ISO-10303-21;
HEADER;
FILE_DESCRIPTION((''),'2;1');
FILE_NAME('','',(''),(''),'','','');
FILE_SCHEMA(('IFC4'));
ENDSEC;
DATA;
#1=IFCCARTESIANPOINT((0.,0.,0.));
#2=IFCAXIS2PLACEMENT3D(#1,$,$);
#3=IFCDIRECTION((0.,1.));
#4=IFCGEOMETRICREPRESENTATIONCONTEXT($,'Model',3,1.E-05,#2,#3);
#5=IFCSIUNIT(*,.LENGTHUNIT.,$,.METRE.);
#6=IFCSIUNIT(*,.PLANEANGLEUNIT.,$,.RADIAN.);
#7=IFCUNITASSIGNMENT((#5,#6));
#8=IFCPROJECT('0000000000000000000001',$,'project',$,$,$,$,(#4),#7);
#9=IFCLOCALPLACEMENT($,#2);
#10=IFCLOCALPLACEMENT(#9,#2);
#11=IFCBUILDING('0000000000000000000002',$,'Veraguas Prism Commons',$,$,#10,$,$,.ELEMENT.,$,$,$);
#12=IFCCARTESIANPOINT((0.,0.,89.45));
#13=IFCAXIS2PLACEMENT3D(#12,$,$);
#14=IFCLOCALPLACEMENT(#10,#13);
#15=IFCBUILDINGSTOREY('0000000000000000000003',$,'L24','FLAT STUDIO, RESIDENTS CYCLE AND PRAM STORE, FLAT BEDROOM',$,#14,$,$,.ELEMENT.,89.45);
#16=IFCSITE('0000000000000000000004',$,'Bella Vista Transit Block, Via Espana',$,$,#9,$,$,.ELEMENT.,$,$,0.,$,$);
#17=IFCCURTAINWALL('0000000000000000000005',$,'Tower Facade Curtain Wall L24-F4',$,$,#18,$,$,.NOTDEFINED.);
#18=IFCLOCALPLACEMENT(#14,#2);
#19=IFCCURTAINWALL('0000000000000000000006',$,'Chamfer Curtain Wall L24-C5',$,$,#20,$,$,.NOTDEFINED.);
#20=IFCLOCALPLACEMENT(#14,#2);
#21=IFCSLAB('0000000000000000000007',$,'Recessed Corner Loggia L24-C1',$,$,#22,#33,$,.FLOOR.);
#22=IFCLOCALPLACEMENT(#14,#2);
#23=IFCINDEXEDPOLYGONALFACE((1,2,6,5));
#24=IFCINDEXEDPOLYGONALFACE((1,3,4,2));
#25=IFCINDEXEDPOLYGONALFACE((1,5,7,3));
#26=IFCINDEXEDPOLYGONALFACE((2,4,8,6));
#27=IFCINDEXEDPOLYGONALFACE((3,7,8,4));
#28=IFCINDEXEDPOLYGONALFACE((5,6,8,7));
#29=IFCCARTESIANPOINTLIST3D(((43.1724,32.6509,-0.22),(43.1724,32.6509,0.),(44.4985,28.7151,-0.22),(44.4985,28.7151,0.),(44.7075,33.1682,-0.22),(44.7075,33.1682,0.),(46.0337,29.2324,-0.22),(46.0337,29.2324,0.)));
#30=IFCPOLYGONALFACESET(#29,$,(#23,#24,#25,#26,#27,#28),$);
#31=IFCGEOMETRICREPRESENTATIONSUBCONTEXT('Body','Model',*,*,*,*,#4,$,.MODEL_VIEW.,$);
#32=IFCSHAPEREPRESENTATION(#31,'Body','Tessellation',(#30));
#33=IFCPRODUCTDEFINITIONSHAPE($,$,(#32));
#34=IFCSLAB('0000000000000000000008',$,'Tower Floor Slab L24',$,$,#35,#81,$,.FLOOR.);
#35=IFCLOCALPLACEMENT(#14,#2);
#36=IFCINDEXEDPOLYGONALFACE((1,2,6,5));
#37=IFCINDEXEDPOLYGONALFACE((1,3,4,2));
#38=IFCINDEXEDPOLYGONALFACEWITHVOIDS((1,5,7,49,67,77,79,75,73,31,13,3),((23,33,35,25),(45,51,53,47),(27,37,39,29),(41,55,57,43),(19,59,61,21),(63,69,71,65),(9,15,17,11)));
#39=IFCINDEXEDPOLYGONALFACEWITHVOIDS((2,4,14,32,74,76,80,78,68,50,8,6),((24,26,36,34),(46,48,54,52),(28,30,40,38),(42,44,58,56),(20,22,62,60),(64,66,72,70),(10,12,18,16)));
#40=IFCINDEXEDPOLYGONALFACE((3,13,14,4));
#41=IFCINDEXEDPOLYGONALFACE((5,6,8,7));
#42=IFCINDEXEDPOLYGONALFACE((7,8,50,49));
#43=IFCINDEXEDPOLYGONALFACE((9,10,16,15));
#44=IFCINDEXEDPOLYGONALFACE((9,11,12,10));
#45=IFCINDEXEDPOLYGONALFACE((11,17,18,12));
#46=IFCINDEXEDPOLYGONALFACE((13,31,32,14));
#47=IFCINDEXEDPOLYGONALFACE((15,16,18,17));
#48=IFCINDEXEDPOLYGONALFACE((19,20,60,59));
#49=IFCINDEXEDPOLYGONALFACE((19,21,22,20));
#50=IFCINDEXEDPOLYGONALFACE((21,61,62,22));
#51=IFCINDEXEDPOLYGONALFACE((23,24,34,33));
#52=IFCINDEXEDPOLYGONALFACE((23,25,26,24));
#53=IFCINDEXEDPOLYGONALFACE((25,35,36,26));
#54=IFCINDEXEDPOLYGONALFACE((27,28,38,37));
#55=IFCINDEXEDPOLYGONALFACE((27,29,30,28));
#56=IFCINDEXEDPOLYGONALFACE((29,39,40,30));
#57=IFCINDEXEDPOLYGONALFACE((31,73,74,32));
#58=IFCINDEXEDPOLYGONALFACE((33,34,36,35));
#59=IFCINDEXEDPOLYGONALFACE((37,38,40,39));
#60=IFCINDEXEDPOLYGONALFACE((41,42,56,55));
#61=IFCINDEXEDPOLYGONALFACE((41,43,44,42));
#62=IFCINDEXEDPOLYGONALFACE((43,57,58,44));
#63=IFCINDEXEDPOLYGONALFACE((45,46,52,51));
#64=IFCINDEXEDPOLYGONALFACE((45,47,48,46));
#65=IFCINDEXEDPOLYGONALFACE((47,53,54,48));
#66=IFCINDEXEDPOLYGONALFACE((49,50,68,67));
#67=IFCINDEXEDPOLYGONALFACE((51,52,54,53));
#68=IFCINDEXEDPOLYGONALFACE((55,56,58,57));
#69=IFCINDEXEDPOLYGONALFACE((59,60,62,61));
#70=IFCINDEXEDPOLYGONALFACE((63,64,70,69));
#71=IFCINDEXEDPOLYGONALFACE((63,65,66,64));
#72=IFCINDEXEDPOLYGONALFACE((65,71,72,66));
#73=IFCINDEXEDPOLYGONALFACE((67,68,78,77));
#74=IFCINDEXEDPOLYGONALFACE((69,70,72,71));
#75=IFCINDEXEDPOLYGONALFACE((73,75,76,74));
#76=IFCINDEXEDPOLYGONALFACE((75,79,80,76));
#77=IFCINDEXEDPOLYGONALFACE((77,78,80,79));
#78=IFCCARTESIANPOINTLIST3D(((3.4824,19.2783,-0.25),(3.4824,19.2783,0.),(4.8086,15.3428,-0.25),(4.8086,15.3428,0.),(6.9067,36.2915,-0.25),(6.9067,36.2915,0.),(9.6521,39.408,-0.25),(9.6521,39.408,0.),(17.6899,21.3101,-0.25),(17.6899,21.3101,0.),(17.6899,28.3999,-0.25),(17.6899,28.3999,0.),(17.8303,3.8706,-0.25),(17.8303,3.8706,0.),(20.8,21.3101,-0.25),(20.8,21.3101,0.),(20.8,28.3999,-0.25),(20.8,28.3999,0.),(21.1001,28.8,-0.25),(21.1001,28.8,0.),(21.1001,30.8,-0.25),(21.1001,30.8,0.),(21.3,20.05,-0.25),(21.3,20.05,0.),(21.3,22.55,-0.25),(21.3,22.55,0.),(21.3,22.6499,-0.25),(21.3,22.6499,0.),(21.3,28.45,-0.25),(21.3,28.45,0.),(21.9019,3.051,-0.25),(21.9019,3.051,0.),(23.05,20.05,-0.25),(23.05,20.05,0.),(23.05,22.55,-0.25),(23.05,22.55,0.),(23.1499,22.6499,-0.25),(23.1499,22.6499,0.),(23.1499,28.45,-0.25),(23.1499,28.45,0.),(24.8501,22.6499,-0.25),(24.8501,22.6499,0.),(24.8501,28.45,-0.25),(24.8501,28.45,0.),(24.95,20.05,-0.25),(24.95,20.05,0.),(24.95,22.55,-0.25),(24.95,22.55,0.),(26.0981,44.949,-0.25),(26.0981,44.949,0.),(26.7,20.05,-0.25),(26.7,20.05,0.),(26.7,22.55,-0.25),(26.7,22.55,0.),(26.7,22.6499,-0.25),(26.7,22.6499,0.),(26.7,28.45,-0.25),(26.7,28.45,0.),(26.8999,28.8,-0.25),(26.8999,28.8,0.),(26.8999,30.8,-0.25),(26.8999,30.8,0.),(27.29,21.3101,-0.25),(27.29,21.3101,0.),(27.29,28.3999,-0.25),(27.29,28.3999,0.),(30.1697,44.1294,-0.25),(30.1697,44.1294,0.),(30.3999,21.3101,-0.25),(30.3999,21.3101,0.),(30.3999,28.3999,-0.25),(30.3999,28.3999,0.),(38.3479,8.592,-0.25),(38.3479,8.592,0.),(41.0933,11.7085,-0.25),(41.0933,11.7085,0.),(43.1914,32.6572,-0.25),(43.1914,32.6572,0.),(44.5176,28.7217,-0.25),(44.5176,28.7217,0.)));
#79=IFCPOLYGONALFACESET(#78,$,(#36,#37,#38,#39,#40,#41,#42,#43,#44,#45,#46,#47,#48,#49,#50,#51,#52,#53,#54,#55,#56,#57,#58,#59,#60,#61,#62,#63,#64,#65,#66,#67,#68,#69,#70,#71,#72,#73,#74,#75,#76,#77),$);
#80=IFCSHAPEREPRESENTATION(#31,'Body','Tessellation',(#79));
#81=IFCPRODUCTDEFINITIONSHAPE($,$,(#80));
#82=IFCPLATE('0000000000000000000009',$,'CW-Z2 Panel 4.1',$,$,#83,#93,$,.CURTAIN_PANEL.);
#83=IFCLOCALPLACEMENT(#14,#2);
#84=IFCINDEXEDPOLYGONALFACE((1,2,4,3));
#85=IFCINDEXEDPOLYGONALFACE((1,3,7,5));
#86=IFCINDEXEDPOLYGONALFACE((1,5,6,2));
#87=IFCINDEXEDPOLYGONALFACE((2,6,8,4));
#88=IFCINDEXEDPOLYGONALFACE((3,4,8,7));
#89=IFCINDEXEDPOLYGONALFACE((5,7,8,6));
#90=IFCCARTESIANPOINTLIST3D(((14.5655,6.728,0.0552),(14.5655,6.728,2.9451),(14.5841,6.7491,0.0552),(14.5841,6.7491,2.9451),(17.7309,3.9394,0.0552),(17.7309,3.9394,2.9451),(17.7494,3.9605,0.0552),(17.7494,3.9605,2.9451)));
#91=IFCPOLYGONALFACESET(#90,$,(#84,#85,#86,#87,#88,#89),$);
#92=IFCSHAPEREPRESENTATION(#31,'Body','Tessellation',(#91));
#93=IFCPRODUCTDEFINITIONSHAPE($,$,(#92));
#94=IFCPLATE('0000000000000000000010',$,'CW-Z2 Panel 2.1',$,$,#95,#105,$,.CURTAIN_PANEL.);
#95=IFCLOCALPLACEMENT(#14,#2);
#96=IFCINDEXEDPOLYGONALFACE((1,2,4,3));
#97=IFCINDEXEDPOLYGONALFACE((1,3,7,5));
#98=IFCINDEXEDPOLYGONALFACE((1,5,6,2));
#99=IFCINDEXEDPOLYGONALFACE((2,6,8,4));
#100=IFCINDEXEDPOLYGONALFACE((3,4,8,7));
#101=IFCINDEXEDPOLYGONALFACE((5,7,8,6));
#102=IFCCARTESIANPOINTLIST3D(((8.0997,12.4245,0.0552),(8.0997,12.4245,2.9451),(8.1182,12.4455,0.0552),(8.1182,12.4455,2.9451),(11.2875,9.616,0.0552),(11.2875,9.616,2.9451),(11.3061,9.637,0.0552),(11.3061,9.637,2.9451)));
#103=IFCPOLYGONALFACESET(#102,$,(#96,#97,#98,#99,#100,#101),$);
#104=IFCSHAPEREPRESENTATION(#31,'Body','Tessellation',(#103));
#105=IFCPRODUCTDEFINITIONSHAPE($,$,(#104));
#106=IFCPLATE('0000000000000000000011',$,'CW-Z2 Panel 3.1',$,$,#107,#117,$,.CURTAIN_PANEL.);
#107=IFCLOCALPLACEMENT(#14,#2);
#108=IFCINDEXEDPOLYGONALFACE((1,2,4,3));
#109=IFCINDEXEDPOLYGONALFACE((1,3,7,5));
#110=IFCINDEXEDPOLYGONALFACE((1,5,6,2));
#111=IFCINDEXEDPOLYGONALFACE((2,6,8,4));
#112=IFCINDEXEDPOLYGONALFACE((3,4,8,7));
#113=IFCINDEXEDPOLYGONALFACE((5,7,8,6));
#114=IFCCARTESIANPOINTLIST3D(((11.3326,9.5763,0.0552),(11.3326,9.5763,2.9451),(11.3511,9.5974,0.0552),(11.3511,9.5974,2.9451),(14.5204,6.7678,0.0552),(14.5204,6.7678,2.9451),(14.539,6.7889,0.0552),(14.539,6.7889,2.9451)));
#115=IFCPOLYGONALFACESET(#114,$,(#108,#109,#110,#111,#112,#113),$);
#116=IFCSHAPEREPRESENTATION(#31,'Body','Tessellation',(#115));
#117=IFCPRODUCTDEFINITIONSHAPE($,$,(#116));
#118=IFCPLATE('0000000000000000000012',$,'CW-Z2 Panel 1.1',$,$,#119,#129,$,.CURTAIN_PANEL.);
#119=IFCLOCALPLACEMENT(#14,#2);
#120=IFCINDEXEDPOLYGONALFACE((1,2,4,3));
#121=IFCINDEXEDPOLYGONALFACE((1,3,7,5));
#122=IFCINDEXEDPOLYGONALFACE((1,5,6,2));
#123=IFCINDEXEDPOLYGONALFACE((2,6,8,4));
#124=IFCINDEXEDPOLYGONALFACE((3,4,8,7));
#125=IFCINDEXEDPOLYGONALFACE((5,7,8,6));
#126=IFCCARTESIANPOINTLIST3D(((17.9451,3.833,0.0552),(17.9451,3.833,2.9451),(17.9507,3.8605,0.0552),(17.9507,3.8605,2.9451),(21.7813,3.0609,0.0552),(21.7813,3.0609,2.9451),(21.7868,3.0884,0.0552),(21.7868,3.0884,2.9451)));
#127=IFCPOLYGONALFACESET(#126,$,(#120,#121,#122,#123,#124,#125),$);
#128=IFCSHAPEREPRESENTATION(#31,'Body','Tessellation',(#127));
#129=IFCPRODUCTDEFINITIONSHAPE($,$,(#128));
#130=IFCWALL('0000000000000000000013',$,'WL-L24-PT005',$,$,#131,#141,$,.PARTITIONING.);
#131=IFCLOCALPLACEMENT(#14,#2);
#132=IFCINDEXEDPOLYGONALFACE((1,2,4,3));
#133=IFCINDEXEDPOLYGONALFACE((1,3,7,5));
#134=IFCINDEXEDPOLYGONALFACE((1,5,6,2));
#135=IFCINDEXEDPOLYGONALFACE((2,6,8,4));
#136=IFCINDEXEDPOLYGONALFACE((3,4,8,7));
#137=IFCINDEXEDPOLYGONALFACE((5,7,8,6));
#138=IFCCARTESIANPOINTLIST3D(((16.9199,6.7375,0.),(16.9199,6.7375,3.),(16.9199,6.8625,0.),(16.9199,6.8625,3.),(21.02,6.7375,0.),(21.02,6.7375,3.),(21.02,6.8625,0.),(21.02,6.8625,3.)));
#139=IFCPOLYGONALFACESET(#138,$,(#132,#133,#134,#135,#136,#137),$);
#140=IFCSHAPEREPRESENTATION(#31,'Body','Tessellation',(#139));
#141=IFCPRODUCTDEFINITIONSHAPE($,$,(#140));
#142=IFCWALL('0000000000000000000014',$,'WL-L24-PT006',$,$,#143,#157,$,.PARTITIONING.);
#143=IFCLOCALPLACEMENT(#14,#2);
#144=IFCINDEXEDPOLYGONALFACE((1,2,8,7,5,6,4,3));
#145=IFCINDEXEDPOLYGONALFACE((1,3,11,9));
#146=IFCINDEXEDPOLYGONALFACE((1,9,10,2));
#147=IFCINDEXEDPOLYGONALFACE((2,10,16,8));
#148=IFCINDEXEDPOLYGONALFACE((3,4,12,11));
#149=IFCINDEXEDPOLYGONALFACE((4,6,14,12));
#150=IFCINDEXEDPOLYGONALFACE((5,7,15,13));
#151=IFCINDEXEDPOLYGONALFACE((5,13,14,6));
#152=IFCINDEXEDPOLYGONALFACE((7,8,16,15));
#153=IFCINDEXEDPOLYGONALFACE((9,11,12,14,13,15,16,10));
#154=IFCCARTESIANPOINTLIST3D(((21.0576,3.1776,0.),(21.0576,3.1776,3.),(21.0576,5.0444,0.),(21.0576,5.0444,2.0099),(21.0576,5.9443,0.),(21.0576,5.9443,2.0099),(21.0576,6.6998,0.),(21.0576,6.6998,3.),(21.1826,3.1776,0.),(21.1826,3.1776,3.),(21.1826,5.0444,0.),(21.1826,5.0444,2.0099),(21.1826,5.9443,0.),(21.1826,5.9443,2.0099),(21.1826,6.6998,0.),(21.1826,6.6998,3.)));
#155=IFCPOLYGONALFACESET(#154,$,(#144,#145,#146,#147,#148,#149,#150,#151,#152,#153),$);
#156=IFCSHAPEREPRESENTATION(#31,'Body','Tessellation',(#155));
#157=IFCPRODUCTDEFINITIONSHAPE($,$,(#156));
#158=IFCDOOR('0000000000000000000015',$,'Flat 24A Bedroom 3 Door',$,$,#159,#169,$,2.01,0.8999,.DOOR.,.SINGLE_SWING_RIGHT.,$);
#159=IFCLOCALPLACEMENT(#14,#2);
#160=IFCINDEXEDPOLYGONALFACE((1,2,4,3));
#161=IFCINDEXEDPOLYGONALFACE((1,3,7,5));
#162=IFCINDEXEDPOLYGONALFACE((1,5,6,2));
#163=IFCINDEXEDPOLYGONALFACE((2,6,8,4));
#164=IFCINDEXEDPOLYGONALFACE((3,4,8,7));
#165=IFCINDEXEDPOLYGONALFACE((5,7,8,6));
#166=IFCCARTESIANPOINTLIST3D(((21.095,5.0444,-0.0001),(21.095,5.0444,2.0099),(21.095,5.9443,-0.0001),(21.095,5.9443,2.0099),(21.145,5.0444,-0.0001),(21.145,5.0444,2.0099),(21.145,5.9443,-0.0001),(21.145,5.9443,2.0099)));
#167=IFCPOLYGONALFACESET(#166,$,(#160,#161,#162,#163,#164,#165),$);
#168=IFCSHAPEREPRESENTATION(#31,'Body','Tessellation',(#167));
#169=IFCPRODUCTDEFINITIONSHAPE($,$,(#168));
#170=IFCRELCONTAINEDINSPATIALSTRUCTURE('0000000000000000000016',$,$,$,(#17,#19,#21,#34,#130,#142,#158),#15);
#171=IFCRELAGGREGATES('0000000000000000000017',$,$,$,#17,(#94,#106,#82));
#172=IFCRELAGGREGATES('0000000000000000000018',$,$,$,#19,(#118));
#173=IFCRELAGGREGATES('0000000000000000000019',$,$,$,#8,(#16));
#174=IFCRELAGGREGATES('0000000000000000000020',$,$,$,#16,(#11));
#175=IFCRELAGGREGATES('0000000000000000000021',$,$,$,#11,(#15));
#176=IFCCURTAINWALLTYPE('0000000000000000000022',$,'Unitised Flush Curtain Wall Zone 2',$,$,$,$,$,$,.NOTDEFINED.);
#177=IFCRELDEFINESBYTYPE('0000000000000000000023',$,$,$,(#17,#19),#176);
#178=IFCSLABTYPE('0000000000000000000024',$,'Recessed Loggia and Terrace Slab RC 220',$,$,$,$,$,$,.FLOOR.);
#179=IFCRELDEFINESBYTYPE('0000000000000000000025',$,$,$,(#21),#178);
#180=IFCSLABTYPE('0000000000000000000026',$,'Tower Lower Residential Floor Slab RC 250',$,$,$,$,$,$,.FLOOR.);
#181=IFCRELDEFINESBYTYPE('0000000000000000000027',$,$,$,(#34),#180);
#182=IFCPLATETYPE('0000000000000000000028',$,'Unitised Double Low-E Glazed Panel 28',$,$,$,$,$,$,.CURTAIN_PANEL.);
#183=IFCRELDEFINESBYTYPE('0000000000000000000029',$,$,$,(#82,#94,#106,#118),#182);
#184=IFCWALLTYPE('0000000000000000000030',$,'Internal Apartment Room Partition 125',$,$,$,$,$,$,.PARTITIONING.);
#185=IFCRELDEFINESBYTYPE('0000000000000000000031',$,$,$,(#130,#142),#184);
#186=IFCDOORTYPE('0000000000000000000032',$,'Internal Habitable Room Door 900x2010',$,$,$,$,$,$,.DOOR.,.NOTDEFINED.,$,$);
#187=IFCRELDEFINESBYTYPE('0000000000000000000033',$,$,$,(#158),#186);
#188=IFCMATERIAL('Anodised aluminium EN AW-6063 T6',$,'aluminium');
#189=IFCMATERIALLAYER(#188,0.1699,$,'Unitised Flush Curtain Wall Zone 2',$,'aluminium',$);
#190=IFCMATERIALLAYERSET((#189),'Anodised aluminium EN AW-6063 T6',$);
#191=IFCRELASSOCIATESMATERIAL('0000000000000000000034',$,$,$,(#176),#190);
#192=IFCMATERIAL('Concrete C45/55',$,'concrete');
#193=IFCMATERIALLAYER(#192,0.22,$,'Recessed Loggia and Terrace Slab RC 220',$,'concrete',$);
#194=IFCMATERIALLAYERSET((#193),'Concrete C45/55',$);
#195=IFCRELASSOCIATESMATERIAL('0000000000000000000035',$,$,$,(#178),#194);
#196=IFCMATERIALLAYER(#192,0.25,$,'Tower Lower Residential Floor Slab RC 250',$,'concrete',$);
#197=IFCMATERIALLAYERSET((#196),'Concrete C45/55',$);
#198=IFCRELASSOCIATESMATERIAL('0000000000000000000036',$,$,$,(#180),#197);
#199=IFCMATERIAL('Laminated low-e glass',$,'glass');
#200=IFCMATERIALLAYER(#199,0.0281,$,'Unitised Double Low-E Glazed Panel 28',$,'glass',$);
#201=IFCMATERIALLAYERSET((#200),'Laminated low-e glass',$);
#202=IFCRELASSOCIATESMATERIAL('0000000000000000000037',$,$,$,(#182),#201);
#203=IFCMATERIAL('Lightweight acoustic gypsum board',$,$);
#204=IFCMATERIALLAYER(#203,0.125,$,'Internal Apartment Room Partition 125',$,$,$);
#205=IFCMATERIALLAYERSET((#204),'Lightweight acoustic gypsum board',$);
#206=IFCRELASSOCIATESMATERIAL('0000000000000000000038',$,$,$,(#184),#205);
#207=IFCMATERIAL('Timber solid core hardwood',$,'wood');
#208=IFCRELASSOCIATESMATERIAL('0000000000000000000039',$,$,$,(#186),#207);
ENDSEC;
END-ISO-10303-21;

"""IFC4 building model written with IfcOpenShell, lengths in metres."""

from ifc_helpers import new_model, si_unit, direction, frame, frame_2d, origin, origin_2d, place, context, subcontext, project, spatial, polyline, rectangle, outline, extrude, source, transform, mapped, material, layer, layer_set, type_object, element, fill, aggregate, save


model = new_model("IFC4")

# Units and contexts
model_context = context("Model", 3, precision=1e-05, world=origin(), true_north=direction((0.0, 1.0)))
body_context = subcontext(model_context, "Body", "Model", "MODEL_VIEW")
ifc_project = project(units=[si_unit("LENGTHUNIT", "METRE"), si_unit("PLANEANGLEUNIT", "RADIAN")], contexts=[model_context])

# Site, building, storey
site_placement = place(None, origin())
site = spatial("IfcSite", under=ifc_project, at=site_placement, Name="Bella Vista Transit Block, Via Espana", CompositionType="ELEMENT", RefElevation=0.0)
building_placement = place(site_placement, origin())
building = spatial("IfcBuilding", under=site, at=building_placement, Name="Veraguas Prism Commons", CompositionType="ELEMENT")
storey_placement = place(building_placement, frame((0.0, 0.0, 89.45)))
storey = spatial("IfcBuildingStorey", under=building, at=storey_placement, Name="L24", Description="FLAT STUDIO, RESIDENTS CYCLE AND PRAM STORE, FLAT BEDROOM", CompositionType="ELEMENT", Elevation=89.45)

# Curtain walls
ifc_material_1 = material(Name="Anodised aluminium EN AW-6063 T6", Category="aluminium")
ifc_layer_1 = layer(ifc_material_1, 0.1699, Name="Unitised Flush Curtain Wall Zone 2", Category="aluminium")
ifc_layer_set_1 = layer_set([ifc_layer_1], Name="Anodised aluminium EN AW-6063 T6")
curtain_wall_type = type_object("IfcCurtainWallType", Name="Unitised Flush Curtain Wall Zone 2", PredefinedType="NOTDEFINED", material=ifc_layer_set_1)
curtain_wall_1_placement = place(storey_placement, origin())
curtain_wall_1 = element("IfcCurtainWall", 1, at=curtain_wall_1_placement, inside=storey, type_object=curtain_wall_type, Name="Tower Facade Curtain Wall L24-F4", PredefinedType="NOTDEFINED")
curtain_wall_2_placement = place(storey_placement, origin())
curtain_wall_2 = element("IfcCurtainWall", 2, at=curtain_wall_2_placement, inside=storey, type_object=curtain_wall_type, Name="Chamfer Curtain Wall L24-C5", PredefinedType="NOTDEFINED")

# Slabs
ifc_material_2 = material(Name="Concrete C45/55", Category="concrete")
ifc_layer_2 = layer(ifc_material_2, 0.22, Name="Recessed Loggia and Terrace Slab RC 220", Category="concrete")
ifc_layer_set_2 = layer_set([ifc_layer_2], Name="Concrete C45/55")
slab_type_1 = type_object("IfcSlabType", Name="Recessed Loggia and Terrace Slab RC 220", PredefinedType="FLOOR", material=ifc_layer_set_2)
slab_1_placement = place(storey_placement, frame((0.0, 0.0, -0.22)))
element("IfcSlab", 3, at=slab_1_placement, inside=storey, type_object=slab_type_1, Name="Recessed Corner Loggia L24-C1", PredefinedType="FLOOR", context=body_context, shape_type="SweptSolid", body=[
    extrude(outline(polyline([(44.4985, 28.7151), (46.0337, 29.2324), (44.7075, 33.1682), (43.1724, 32.6509), (44.4985, 28.7151)])), origin(), (0.0, 0.0, 1.0), 0.22),
])
ifc_layer_3 = layer(ifc_material_2, 0.25, Name="Tower Lower Residential Floor Slab RC 250", Category="concrete")
ifc_layer_set_3 = layer_set([ifc_layer_3], Name="Concrete C45/55")
slab_type_2 = type_object("IfcSlabType", Name="Tower Lower Residential Floor Slab RC 250", PredefinedType="FLOOR", material=ifc_layer_set_3)
slab_2_placement = place(storey_placement, frame((0.0, 0.0, -0.25)))
element("IfcSlab", 4, at=slab_2_placement, inside=storey, type_object=slab_type_2, Name="Tower Floor Slab L24", PredefinedType="FLOOR", context=body_context, shape_type="SweptSolid", body=[
    extrude(outline(polyline([(44.5176, 28.7217), (43.1914, 32.6572), (30.1697, 44.1294), (26.0981, 44.949), (9.6521, 39.408), (6.9067, 36.2915), (3.4824, 19.2783), (4.8086, 15.3428), (17.8303, 3.8706), (21.9019, 3.051), (38.3479, 8.592), (41.0933, 11.7085), (44.5176, 28.7217)]), holes=[polyline([(20.8, 21.3101), (20.8, 28.3999), (17.6899, 28.3999), (17.6899, 21.3101), (20.8, 21.3101)]), polyline([(30.3999, 21.3101), (30.3999, 28.3999), (27.29, 28.3999), (27.29, 21.3101), (30.3999, 21.3101)]), polyline([(21.3, 22.6499), (23.1499, 22.6499), (23.1499, 28.45), (21.3, 28.45), (21.3, 22.6499)]), polyline([(24.8501, 22.6499), (26.7, 22.6499), (26.7, 28.45), (24.8501, 28.45), (24.8501, 22.6499)]), polyline([(21.1001, 28.8), (26.8999, 28.8), (26.8999, 30.8), (21.1001, 30.8), (21.1001, 28.8)]), polyline([(21.3, 20.05), (23.05, 20.05), (23.05, 22.55), (21.3, 22.55), (21.3, 20.05)]), polyline([(24.95, 20.05), (26.7, 20.05), (26.7, 22.55), (24.95, 22.55), (24.95, 20.05)])]), origin(), (0.0, 0.0, 1.0), 0.25),
])

# Plates
ifc_material_3 = material(Name="Laminated low-e glass", Category="glass")
ifc_layer_4 = layer(ifc_material_3, 0.0281, Name="Unitised Double Low-E Glazed Panel 28", Category="glass")
ifc_layer_set_4 = layer_set([ifc_layer_4], Name="Laminated low-e glass")
plate_type = type_object("IfcPlateType", Name="Unitised Double Low-E Glazed Panel 28", PredefinedType="CURTAIN_PANEL", material=ifc_layer_set_4)
shared_shape_1 = source(origin(), body_context, "Body", "SweptSolid", [
    extrude(rectangle(XDim=4.2185, YDim=0.0281, at=origin_2d()), origin(), (0.0, 0.0, 1.0), 2.8899),
])
plate_1_placement = place(storey_placement, frame((16.1575, 5.3442, 0.0552), z_axis=(0.0, 0.0, 1.0), x_axis=(0.750342, -0.66105, 0.0)))
plate_1 = element("IfcPlate", 5, at=plate_1_placement, type_object=plate_type, Name="CW-Z2 Panel 4.1", PredefinedType="CURTAIN_PANEL", context=body_context, shape_type="MappedRepresentation", body=[
    mapped(shared_shape_1, transform((0.0, 0.0, 0.0), scale=1.0)),
])
shared_shape_2 = source(origin(), body_context, "Body", "SweptSolid", [
    extrude(rectangle(XDim=4.2485, YDim=0.0281, at=origin_2d()), origin(), (0.0, 0.0, 1.0), 2.8899),
])
plate_2_placement = place(storey_placement, frame((9.7029, 11.0308, 0.0552), z_axis=(0.0, 0.0, 1.0), x_axis=(0.750342, -0.66105, 0.0)))
plate_2 = element("IfcPlate", 6, at=plate_2_placement, type_object=plate_type, Name="CW-Z2 Panel 2.1", PredefinedType="CURTAIN_PANEL", context=body_context, shape_type="MappedRepresentation", body=[
    mapped(shared_shape_2, transform((0.0, 0.0, 0.0), scale=1.0)),
])
plate_3_placement = place(storey_placement, frame((12.9358, 8.1826, 0.0552), z_axis=(0.0, 0.0, 1.0), x_axis=(0.750342, -0.66105, 0.0)))
plate_3 = element("IfcPlate", 7, at=plate_3_placement, type_object=plate_type, Name="CW-Z2 Panel 3.1", PredefinedType="CURTAIN_PANEL", context=body_context, shape_type="MappedRepresentation", body=[
    mapped(shared_shape_2, transform((0.0, 0.0, 0.0), scale=1.0)),
])
aggregate(curtain_wall_1, [plate_2, plate_3, plate_1])
shared_shape_3 = source(origin(), body_context, "Body", "SweptSolid", [
    extrude(rectangle(XDim=3.9131, YDim=0.0281, at=origin_2d()), origin(), (0.0, 0.0, 1.0), 2.8899),
])
plate_4_placement = place(storey_placement, frame((19.866, 3.4607, 0.0552), z_axis=(0.0, 0.0, 1.0), x_axis=(0.98034, -0.197313, 0.0)))
plate_4 = element("IfcPlate", 8, at=plate_4_placement, type_object=plate_type, Name="CW-Z2 Panel 1.1", PredefinedType="CURTAIN_PANEL", context=body_context, shape_type="MappedRepresentation", body=[
    mapped(shared_shape_3, transform((0.0, 0.0, 0.0), scale=1.0)),
])
aggregate(curtain_wall_2, [plate_4])

# Wall
ifc_material_4 = material(Name="Lightweight acoustic gypsum board")
ifc_layer_5 = layer(ifc_material_4, 0.125, Name="Internal Apartment Room Partition 125")
ifc_layer_set_5 = layer_set([ifc_layer_5], Name="Lightweight acoustic gypsum board")
wall_type_1 = type_object("IfcWallType", Name="Internal Apartment Room Partition 125", PredefinedType="PARTITIONING", material=ifc_layer_set_5)
wall_1_placement = place(storey_placement, frame((16.9199, 6.8, 0.0), z_axis=(0.0, 0.0, 1.0), x_axis=(1.0, 0.0, 0.0)))
element("IfcWall", 9, at=wall_1_placement, inside=storey, type_object=wall_type_1, Name="WL-L24-PT005", PredefinedType="PARTITIONING", context=body_context, shape_type="SweptSolid", body=[
    extrude(rectangle(XDim=4.1001, YDim=0.125, at=frame_2d((2.05, 0.0))), origin(), (0.0, 0.0, 1.0), 3.0),
])

# Wall, opening, door
wall_2_placement = place(storey_placement, frame((21.1201, 6.7, 0.0), z_axis=(0.0, 0.0, 1.0), x_axis=(0.0, -1.0, 0.0)))
wall_2 = element("IfcWall", 10, at=wall_2_placement, inside=storey, type_object=wall_type_1, Name="WL-L24-PT006", PredefinedType="PARTITIONING", context=body_context, shape_type="SweptSolid", body=[
    extrude(rectangle(XDim=3.5222, YDim=0.125, at=frame_2d((1.7612, 0.0))), origin(), (0.0, 0.0, 1.0), 3.0),
])
opening_1_placement = place(wall_2_placement, frame((0.7556, 0.0, 0.0)))
opening_1 = element("IfcOpeningElement", 11, at=opening_1_placement, cuts=wall_2, PredefinedType="OPENING", context=body_context, shape_type="SweptSolid", body=[
    extrude(rectangle(XDim=0.8999, YDim=2.01, at=frame_2d((0.45, 1.0049))), frame((0.0, 0.0725, 0.0), z_axis=(0.0, -1.0, 0.0), x_axis=(1.0, 0.0, 0.0)), (0.0, 0.0, 1.0), 0.145),
])
ifc_material_5 = material(Name="Timber solid core hardwood", Category="wood")
door_type_1 = type_object("IfcDoorType", Name="Internal Habitable Room Door 900x2010", OperationType="NOTDEFINED", PredefinedType="DOOR", material=ifc_material_5)
shared_shape_4 = source(origin(), body_context, "Body", "SweptSolid", [
    extrude(rectangle(XDim=0.8999, YDim=2.01, at=frame_2d((0.45, 1.0049))), frame((0.0, 0.0249, 0.0), z_axis=(0.0, -1.0, 0.0), x_axis=(1.0, 0.0, 0.0)), (0.0, 0.0, 1.0), 0.05),
])
door_1_placement = place(opening_1_placement, origin())
door_1 = element("IfcDoor", 12, at=door_1_placement, inside=storey, type_object=door_type_1, Name="Flat 24A Bedroom 3 Door", OperationType="SINGLE_SWING_RIGHT", OverallHeight=2.01, OverallWidth=0.8999, PredefinedType="DOOR", context=body_context, shape_type="MappedRepresentation", body=[
    mapped(shared_shape_4, transform((0.0, 0.0, 0.0), scale=1.0)),
])
fill(opening_1, door_1)

save(model, "model.ifc")
